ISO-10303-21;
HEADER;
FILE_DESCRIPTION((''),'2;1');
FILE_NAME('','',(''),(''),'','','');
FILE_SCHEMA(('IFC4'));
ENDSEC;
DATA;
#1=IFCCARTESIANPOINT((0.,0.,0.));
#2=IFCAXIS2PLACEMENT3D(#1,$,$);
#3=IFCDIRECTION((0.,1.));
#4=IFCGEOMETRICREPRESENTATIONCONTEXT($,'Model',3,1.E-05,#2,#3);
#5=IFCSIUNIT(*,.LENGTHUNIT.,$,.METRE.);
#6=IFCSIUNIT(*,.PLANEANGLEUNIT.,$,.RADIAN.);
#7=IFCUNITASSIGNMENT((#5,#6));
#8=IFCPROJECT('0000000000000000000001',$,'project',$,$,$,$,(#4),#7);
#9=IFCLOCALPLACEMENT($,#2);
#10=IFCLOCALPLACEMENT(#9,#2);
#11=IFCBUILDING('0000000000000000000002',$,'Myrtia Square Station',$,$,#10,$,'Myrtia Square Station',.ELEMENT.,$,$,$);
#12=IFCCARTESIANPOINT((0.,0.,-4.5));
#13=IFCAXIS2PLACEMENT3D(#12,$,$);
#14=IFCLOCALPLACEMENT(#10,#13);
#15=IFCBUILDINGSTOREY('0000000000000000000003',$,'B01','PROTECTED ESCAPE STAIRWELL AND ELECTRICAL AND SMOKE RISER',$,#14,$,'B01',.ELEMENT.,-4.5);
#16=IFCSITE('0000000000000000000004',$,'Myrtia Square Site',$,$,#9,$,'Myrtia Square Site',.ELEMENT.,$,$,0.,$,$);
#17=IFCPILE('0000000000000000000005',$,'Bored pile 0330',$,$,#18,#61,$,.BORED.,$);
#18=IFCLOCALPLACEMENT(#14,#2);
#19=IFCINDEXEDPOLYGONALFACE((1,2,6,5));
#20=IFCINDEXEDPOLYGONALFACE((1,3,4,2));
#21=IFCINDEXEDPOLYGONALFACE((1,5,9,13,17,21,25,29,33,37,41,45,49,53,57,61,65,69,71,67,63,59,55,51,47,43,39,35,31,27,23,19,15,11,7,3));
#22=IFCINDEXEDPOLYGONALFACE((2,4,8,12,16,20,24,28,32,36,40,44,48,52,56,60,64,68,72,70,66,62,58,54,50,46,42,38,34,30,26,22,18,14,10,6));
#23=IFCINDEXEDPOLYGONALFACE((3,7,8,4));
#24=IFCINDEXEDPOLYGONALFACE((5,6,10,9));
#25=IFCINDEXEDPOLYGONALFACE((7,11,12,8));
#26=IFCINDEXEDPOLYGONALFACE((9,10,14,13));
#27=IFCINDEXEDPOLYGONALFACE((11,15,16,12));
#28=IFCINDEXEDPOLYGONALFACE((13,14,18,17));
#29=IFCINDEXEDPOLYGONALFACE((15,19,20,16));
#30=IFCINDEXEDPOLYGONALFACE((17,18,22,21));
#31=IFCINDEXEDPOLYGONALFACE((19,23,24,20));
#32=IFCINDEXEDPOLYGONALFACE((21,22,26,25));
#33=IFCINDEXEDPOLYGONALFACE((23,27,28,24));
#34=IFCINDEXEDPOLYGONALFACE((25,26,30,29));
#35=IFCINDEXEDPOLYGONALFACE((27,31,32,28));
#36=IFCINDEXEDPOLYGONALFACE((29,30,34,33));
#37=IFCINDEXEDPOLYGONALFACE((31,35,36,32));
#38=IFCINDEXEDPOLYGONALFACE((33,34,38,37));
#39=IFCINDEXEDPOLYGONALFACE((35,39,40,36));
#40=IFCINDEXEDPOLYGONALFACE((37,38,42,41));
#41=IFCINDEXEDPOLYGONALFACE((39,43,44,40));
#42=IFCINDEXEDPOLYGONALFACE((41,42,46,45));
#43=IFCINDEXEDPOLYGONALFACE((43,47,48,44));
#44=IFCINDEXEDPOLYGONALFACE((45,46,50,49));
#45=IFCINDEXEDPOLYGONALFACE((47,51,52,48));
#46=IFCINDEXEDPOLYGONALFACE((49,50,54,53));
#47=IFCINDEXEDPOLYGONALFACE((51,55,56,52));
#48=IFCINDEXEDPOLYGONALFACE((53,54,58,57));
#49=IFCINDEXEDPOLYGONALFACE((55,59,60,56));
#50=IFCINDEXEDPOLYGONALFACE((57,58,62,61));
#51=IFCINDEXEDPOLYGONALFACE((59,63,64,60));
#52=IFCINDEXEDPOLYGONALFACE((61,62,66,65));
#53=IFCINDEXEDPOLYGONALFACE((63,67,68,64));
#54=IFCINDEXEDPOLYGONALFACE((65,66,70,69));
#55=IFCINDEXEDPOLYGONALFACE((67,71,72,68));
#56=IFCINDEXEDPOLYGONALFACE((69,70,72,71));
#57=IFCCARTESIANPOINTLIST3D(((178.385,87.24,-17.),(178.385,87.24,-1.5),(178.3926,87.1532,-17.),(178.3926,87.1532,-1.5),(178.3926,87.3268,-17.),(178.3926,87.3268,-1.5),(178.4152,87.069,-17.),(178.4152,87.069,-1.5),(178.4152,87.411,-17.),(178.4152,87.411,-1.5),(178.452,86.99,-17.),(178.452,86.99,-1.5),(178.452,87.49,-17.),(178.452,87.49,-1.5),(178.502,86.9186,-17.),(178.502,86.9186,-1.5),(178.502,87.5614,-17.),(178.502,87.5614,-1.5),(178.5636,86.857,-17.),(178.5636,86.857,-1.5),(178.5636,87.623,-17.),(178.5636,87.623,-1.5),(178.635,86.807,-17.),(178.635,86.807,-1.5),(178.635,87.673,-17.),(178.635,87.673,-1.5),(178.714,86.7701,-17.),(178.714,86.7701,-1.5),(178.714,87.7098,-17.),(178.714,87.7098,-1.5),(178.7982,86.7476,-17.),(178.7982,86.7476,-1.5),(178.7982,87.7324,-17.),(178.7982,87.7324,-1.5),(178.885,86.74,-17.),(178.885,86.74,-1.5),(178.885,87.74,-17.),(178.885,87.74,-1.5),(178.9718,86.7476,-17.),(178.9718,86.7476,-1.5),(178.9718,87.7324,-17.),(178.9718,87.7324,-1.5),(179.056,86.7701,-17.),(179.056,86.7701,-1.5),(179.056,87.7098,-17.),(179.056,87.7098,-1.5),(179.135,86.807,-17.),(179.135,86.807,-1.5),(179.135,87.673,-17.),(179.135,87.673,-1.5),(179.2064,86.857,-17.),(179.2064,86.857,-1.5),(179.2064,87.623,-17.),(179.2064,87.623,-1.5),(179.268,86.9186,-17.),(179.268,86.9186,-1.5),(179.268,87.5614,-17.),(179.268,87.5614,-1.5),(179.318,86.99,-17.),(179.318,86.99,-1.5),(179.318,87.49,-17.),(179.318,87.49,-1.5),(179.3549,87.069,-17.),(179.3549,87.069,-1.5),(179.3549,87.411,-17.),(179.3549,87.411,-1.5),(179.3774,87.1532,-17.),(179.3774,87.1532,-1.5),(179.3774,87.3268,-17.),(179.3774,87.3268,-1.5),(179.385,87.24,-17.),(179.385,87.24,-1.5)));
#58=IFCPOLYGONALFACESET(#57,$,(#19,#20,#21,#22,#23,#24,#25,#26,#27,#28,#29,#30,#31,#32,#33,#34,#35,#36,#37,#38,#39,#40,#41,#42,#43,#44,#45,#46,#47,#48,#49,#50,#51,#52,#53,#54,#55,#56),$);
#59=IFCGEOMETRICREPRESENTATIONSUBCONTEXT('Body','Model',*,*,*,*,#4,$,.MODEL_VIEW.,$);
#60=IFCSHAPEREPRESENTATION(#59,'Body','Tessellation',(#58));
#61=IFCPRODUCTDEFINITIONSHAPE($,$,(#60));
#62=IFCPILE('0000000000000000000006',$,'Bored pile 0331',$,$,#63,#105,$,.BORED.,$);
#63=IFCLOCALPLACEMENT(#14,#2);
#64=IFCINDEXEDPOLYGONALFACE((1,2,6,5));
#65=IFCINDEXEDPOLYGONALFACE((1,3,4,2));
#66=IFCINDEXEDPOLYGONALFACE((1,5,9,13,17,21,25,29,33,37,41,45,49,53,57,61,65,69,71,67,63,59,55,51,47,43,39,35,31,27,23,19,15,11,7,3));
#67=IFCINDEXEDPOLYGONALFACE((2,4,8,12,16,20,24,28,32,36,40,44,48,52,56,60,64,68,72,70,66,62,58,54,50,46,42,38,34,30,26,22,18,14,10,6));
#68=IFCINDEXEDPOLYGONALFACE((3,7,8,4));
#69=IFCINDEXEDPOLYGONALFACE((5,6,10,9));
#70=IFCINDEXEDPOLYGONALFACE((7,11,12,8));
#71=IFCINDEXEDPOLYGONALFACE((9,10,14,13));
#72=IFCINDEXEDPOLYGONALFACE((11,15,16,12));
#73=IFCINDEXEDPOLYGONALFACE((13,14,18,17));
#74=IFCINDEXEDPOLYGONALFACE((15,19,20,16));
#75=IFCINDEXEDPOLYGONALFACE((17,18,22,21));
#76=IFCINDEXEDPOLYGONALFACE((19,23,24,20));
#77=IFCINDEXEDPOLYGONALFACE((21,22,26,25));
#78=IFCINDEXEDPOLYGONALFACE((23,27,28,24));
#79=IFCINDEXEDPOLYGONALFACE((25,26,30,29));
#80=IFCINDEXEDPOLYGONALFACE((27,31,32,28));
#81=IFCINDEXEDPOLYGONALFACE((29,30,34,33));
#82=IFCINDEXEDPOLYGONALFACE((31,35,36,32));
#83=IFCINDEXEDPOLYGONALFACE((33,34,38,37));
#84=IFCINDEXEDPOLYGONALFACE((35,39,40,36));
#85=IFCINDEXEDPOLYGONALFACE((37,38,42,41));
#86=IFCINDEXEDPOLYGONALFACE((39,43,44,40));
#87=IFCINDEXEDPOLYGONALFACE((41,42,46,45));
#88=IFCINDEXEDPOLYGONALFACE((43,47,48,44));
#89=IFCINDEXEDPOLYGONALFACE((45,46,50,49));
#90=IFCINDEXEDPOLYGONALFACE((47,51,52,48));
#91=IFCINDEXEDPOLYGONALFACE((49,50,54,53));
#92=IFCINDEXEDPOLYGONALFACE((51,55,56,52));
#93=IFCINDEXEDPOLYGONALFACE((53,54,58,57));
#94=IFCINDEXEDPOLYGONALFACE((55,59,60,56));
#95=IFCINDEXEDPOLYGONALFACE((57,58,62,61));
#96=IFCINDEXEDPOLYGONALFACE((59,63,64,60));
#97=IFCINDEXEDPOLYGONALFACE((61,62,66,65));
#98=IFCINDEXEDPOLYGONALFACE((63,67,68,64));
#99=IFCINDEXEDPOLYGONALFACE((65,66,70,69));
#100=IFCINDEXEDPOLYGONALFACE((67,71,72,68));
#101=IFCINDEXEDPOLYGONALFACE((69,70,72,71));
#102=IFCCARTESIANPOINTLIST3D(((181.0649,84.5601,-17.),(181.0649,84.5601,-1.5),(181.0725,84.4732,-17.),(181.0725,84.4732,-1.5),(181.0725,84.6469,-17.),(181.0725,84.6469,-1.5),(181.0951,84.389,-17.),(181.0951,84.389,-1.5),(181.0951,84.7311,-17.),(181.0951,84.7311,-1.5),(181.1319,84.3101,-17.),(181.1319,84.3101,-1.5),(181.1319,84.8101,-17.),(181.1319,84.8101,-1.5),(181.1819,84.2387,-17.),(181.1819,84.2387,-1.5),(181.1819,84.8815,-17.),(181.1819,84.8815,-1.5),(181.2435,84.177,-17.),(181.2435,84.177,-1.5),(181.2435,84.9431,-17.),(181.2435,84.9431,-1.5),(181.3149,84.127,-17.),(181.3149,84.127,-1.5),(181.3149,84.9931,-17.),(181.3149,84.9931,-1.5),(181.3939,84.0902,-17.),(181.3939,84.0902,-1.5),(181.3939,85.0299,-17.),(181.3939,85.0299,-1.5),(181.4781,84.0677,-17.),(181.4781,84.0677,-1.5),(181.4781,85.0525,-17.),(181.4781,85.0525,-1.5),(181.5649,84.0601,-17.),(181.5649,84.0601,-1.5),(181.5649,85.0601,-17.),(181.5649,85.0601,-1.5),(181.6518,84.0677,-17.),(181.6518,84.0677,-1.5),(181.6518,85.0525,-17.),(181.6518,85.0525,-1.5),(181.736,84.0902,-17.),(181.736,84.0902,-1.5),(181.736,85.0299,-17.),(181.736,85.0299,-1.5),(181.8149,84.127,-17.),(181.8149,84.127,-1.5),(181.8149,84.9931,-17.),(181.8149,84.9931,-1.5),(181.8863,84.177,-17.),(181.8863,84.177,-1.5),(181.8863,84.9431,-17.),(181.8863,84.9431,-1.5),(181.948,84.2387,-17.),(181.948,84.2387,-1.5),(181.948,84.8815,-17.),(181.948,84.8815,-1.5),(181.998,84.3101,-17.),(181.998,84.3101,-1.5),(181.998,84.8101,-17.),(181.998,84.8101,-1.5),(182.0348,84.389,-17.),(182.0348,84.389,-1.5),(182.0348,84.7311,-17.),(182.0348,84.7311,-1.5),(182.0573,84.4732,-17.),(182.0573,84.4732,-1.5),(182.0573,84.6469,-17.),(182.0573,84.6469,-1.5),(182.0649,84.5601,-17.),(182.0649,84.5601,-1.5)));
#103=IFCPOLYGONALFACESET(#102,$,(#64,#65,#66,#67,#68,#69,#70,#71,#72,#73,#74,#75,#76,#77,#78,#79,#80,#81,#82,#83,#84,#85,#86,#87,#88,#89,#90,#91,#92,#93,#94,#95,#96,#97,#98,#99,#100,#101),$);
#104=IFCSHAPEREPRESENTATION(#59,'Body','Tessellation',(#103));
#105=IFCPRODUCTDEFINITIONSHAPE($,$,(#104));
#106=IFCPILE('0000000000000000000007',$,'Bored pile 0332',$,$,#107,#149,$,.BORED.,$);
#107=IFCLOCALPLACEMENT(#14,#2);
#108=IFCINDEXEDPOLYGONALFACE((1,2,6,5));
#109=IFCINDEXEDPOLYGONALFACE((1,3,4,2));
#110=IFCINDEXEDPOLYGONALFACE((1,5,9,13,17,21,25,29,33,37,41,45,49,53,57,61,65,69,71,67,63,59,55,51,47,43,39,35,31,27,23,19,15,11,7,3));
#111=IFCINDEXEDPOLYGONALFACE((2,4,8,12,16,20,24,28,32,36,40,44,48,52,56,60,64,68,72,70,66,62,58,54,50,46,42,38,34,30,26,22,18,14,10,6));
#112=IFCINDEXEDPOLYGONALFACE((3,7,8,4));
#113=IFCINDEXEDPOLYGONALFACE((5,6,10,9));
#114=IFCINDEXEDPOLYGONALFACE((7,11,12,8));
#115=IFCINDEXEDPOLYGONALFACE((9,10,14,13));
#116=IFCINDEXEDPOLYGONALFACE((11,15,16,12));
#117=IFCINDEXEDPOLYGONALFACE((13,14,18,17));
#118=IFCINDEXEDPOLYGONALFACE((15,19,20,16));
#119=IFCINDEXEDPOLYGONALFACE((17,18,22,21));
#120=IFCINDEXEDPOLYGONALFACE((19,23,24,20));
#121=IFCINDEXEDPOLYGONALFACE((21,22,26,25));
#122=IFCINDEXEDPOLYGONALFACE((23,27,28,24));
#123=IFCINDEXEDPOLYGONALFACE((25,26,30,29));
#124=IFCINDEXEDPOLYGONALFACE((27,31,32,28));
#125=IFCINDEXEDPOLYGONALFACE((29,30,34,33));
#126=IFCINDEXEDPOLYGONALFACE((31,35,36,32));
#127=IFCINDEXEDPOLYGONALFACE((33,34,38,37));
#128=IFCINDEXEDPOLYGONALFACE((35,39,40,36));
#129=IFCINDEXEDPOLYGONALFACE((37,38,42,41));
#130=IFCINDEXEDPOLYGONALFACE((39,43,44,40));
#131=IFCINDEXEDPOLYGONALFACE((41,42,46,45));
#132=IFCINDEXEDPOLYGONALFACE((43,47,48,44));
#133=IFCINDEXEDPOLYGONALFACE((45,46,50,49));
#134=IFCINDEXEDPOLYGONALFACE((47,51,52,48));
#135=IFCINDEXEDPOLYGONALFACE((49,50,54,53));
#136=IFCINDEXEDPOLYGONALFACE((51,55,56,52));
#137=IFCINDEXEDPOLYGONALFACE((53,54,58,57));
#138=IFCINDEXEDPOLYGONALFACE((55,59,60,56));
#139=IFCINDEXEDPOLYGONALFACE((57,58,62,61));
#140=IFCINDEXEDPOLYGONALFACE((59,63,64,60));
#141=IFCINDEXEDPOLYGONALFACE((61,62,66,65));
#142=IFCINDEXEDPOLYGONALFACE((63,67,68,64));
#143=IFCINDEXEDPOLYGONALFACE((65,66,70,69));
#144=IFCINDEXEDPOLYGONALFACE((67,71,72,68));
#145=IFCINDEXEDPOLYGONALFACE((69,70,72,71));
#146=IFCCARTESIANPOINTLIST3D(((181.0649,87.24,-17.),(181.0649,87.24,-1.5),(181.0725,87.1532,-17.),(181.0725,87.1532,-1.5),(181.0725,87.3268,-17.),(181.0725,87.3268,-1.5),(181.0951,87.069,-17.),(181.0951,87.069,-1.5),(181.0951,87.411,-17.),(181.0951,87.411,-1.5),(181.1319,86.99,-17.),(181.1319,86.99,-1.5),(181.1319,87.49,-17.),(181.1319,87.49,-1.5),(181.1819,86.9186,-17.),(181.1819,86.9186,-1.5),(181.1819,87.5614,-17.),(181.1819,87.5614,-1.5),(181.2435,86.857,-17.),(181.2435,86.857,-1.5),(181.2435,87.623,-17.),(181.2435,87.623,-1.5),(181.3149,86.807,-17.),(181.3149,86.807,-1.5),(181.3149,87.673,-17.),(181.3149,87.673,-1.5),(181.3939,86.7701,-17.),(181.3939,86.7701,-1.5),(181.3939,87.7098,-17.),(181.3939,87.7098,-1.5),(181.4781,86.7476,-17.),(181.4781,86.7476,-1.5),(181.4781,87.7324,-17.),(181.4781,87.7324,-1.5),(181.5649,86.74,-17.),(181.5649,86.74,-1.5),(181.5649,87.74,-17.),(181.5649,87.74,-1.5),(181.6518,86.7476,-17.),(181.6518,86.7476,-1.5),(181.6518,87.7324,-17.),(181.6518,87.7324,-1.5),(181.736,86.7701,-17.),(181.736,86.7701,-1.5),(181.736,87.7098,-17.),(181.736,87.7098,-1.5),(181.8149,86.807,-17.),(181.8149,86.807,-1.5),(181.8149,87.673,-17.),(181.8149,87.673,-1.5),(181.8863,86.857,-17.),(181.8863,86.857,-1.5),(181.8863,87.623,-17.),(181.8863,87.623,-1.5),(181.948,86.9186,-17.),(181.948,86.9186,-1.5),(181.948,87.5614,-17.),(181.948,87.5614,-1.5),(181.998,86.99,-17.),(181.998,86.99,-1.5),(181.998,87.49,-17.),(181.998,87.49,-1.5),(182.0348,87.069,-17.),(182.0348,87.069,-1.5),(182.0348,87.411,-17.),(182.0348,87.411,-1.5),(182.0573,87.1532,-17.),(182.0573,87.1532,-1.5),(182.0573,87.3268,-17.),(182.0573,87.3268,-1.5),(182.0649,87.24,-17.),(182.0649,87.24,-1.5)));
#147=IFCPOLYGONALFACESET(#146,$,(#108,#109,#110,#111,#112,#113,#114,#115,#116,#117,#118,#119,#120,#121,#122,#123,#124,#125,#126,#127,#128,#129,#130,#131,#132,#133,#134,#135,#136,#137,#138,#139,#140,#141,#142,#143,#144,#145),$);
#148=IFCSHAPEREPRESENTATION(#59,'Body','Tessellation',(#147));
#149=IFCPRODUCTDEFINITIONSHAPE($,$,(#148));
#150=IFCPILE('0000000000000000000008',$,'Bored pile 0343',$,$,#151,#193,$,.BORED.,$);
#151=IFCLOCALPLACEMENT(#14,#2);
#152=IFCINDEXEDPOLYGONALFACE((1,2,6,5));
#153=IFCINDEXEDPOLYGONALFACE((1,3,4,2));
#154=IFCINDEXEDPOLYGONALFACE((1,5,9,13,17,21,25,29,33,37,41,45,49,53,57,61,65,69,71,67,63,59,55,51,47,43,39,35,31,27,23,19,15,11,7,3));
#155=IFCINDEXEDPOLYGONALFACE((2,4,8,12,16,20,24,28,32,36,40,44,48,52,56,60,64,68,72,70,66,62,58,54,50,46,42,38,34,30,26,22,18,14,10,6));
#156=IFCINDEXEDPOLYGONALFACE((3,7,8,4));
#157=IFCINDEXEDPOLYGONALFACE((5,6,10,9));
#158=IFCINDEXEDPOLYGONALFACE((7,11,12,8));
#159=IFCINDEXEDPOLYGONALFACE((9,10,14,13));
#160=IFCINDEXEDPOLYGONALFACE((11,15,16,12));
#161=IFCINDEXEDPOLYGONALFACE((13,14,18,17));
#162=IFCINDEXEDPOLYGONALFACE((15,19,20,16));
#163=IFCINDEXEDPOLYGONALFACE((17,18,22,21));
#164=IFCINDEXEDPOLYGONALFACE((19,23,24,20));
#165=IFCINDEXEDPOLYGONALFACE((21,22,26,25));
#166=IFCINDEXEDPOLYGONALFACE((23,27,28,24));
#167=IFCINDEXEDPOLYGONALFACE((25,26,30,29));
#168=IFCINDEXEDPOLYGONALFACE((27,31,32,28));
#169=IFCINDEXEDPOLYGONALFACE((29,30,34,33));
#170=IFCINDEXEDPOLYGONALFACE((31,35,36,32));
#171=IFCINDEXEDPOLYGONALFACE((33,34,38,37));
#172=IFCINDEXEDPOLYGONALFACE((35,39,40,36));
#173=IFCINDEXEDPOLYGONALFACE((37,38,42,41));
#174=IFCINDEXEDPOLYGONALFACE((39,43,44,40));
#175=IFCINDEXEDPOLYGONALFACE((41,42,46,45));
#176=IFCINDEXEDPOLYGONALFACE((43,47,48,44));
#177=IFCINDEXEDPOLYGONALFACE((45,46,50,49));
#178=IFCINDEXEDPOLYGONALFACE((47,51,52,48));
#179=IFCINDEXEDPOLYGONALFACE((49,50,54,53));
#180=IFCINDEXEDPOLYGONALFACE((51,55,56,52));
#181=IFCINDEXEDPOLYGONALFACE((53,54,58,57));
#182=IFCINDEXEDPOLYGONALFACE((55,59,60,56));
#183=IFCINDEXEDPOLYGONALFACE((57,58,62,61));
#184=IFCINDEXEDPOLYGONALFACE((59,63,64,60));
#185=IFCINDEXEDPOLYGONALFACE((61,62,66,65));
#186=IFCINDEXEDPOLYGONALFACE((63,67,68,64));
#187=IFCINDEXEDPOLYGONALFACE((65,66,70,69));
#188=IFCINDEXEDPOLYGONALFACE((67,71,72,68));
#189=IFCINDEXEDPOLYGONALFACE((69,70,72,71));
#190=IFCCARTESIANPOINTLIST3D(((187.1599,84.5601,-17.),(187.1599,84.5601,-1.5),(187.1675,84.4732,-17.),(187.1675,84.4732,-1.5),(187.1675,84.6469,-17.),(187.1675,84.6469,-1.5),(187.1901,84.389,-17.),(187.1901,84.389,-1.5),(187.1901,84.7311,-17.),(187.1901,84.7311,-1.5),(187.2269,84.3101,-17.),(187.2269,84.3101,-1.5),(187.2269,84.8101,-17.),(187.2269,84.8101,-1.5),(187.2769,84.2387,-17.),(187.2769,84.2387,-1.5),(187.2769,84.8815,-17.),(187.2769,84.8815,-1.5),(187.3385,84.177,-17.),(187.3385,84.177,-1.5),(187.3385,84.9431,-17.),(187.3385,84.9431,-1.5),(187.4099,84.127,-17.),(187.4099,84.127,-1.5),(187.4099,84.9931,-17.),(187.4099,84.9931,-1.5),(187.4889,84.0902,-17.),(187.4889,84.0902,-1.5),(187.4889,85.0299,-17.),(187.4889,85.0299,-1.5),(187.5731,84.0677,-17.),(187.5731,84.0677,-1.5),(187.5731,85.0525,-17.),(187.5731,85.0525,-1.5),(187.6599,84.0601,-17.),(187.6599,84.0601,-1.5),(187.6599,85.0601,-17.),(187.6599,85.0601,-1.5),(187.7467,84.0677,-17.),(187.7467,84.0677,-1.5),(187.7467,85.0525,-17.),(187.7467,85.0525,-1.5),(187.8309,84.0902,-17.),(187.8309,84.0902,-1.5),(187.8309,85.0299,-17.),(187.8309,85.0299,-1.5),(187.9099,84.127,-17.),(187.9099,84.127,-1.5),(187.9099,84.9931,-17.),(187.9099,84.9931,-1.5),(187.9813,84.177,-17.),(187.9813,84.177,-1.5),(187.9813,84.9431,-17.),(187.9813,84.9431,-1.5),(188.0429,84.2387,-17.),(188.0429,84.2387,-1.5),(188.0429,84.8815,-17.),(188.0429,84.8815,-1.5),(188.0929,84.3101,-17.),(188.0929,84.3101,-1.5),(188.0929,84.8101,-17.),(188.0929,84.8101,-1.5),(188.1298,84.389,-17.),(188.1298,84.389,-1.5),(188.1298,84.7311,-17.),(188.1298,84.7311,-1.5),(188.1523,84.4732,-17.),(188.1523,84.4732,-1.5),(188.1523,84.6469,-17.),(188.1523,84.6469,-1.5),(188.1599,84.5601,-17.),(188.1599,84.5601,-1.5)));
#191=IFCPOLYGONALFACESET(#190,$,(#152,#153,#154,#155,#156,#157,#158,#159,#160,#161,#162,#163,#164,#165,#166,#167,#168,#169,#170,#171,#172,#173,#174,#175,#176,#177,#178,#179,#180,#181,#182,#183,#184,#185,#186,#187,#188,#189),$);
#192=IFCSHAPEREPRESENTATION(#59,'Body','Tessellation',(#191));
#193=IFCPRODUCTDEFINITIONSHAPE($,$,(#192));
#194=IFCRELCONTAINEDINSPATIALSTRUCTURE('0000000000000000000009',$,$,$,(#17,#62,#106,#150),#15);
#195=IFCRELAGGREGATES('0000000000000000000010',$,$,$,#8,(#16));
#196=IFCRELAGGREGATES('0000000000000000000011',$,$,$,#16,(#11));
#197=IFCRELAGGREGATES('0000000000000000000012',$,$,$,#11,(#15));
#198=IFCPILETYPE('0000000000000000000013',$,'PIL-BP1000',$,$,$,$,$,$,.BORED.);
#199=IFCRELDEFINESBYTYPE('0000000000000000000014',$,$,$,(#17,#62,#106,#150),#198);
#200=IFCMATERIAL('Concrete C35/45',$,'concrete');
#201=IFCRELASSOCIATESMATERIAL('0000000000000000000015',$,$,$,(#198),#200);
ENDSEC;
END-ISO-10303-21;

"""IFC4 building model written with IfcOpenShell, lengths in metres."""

from ifc_helpers import new_model, si_unit, direction, frame, origin, origin_2d, place, context, subcontext, project, spatial, circle, extrude, material, material_profile, profile_set, type_object, element, save


model = new_model("IFC4")

# Units and contexts
model_context = context("Model", 3, precision=1e-05, world=origin(), true_north=direction((0.0, 1.0)))
body_context = subcontext(model_context, "Body", "Model", "MODEL_VIEW")
ifc_project = project(units=[si_unit("LENGTHUNIT", "METRE"), si_unit("PLANEANGLEUNIT", "RADIAN")], contexts=[model_context])

# Site, building, storey
site_placement = place(None, origin())
site = spatial("IfcSite", under=ifc_project, at=site_placement, Name="Myrtia Square Site", LongName="Myrtia Square Site", CompositionType="ELEMENT", RefElevation=0.0)
building_placement = place(site_placement, origin())
building = spatial("IfcBuilding", under=site, at=building_placement, Name="Myrtia Square Station", LongName="Myrtia Square Station", CompositionType="ELEMENT")
storey_placement = place(building_placement, frame((0.0, 0.0, -4.5)))
storey = spatial("IfcBuildingStorey", under=building, at=storey_placement, Name="B01", Description="PROTECTED ESCAPE STAIRWELL AND ELECTRICAL AND SMOKE RISER", LongName="B01", CompositionType="ELEMENT", Elevation=-4.5)

# Shared definitions
ifc_material_1 = material(Name="Concrete C35/45", Category="concrete")

# Piles
ifc_material_profile_1 = material_profile(ifc_material_1, circle(Radius=0.5, at=origin_2d()), Name="BP D1000")
ifc_profile_set_1 = profile_set([ifc_material_profile_1], Name="Concrete C35/45")
pile_type = type_object("IfcPileType", Name="PIL-BP1000", PredefinedType="BORED", material=ifc_profile_set_1)
for number, where, z_axis, x_axis, name in (
    (1, (178.885, 87.24, -1.5), (0.0, 0.0, -1.0), (1.0, 0.0, 0.0), "Bored pile 0330"),
    (2, (181.5649, 84.5601, -1.5), (0.0, 0.0, -1.0), (1.0, 0.0, 0.0), "Bored pile 0331"),
    (3, (181.5649, 87.24, -1.5), (0.0, 0.0, -1.0), (1.0, 0.0, 0.0), "Bored pile 0332"),
    (4, (187.6599, 84.5601, -1.5), (0.0, 0.0, -1.0), (1.0, 0.0, 0.0), "Bored pile 0343"),
):
    element("IfcPile", number, at=place(storey_placement, frame(where, z_axis=z_axis, x_axis=x_axis)), inside=storey, type_object=pile_type, Name=name, PredefinedType="BORED", context=body_context, shape_type="SweptSolid", body=[
        extrude(circle(Radius=0.5, at=origin_2d()), origin(), (0.0, 0.0, 1.0), 15.5),
    ])

save(model, "model.ifc")
